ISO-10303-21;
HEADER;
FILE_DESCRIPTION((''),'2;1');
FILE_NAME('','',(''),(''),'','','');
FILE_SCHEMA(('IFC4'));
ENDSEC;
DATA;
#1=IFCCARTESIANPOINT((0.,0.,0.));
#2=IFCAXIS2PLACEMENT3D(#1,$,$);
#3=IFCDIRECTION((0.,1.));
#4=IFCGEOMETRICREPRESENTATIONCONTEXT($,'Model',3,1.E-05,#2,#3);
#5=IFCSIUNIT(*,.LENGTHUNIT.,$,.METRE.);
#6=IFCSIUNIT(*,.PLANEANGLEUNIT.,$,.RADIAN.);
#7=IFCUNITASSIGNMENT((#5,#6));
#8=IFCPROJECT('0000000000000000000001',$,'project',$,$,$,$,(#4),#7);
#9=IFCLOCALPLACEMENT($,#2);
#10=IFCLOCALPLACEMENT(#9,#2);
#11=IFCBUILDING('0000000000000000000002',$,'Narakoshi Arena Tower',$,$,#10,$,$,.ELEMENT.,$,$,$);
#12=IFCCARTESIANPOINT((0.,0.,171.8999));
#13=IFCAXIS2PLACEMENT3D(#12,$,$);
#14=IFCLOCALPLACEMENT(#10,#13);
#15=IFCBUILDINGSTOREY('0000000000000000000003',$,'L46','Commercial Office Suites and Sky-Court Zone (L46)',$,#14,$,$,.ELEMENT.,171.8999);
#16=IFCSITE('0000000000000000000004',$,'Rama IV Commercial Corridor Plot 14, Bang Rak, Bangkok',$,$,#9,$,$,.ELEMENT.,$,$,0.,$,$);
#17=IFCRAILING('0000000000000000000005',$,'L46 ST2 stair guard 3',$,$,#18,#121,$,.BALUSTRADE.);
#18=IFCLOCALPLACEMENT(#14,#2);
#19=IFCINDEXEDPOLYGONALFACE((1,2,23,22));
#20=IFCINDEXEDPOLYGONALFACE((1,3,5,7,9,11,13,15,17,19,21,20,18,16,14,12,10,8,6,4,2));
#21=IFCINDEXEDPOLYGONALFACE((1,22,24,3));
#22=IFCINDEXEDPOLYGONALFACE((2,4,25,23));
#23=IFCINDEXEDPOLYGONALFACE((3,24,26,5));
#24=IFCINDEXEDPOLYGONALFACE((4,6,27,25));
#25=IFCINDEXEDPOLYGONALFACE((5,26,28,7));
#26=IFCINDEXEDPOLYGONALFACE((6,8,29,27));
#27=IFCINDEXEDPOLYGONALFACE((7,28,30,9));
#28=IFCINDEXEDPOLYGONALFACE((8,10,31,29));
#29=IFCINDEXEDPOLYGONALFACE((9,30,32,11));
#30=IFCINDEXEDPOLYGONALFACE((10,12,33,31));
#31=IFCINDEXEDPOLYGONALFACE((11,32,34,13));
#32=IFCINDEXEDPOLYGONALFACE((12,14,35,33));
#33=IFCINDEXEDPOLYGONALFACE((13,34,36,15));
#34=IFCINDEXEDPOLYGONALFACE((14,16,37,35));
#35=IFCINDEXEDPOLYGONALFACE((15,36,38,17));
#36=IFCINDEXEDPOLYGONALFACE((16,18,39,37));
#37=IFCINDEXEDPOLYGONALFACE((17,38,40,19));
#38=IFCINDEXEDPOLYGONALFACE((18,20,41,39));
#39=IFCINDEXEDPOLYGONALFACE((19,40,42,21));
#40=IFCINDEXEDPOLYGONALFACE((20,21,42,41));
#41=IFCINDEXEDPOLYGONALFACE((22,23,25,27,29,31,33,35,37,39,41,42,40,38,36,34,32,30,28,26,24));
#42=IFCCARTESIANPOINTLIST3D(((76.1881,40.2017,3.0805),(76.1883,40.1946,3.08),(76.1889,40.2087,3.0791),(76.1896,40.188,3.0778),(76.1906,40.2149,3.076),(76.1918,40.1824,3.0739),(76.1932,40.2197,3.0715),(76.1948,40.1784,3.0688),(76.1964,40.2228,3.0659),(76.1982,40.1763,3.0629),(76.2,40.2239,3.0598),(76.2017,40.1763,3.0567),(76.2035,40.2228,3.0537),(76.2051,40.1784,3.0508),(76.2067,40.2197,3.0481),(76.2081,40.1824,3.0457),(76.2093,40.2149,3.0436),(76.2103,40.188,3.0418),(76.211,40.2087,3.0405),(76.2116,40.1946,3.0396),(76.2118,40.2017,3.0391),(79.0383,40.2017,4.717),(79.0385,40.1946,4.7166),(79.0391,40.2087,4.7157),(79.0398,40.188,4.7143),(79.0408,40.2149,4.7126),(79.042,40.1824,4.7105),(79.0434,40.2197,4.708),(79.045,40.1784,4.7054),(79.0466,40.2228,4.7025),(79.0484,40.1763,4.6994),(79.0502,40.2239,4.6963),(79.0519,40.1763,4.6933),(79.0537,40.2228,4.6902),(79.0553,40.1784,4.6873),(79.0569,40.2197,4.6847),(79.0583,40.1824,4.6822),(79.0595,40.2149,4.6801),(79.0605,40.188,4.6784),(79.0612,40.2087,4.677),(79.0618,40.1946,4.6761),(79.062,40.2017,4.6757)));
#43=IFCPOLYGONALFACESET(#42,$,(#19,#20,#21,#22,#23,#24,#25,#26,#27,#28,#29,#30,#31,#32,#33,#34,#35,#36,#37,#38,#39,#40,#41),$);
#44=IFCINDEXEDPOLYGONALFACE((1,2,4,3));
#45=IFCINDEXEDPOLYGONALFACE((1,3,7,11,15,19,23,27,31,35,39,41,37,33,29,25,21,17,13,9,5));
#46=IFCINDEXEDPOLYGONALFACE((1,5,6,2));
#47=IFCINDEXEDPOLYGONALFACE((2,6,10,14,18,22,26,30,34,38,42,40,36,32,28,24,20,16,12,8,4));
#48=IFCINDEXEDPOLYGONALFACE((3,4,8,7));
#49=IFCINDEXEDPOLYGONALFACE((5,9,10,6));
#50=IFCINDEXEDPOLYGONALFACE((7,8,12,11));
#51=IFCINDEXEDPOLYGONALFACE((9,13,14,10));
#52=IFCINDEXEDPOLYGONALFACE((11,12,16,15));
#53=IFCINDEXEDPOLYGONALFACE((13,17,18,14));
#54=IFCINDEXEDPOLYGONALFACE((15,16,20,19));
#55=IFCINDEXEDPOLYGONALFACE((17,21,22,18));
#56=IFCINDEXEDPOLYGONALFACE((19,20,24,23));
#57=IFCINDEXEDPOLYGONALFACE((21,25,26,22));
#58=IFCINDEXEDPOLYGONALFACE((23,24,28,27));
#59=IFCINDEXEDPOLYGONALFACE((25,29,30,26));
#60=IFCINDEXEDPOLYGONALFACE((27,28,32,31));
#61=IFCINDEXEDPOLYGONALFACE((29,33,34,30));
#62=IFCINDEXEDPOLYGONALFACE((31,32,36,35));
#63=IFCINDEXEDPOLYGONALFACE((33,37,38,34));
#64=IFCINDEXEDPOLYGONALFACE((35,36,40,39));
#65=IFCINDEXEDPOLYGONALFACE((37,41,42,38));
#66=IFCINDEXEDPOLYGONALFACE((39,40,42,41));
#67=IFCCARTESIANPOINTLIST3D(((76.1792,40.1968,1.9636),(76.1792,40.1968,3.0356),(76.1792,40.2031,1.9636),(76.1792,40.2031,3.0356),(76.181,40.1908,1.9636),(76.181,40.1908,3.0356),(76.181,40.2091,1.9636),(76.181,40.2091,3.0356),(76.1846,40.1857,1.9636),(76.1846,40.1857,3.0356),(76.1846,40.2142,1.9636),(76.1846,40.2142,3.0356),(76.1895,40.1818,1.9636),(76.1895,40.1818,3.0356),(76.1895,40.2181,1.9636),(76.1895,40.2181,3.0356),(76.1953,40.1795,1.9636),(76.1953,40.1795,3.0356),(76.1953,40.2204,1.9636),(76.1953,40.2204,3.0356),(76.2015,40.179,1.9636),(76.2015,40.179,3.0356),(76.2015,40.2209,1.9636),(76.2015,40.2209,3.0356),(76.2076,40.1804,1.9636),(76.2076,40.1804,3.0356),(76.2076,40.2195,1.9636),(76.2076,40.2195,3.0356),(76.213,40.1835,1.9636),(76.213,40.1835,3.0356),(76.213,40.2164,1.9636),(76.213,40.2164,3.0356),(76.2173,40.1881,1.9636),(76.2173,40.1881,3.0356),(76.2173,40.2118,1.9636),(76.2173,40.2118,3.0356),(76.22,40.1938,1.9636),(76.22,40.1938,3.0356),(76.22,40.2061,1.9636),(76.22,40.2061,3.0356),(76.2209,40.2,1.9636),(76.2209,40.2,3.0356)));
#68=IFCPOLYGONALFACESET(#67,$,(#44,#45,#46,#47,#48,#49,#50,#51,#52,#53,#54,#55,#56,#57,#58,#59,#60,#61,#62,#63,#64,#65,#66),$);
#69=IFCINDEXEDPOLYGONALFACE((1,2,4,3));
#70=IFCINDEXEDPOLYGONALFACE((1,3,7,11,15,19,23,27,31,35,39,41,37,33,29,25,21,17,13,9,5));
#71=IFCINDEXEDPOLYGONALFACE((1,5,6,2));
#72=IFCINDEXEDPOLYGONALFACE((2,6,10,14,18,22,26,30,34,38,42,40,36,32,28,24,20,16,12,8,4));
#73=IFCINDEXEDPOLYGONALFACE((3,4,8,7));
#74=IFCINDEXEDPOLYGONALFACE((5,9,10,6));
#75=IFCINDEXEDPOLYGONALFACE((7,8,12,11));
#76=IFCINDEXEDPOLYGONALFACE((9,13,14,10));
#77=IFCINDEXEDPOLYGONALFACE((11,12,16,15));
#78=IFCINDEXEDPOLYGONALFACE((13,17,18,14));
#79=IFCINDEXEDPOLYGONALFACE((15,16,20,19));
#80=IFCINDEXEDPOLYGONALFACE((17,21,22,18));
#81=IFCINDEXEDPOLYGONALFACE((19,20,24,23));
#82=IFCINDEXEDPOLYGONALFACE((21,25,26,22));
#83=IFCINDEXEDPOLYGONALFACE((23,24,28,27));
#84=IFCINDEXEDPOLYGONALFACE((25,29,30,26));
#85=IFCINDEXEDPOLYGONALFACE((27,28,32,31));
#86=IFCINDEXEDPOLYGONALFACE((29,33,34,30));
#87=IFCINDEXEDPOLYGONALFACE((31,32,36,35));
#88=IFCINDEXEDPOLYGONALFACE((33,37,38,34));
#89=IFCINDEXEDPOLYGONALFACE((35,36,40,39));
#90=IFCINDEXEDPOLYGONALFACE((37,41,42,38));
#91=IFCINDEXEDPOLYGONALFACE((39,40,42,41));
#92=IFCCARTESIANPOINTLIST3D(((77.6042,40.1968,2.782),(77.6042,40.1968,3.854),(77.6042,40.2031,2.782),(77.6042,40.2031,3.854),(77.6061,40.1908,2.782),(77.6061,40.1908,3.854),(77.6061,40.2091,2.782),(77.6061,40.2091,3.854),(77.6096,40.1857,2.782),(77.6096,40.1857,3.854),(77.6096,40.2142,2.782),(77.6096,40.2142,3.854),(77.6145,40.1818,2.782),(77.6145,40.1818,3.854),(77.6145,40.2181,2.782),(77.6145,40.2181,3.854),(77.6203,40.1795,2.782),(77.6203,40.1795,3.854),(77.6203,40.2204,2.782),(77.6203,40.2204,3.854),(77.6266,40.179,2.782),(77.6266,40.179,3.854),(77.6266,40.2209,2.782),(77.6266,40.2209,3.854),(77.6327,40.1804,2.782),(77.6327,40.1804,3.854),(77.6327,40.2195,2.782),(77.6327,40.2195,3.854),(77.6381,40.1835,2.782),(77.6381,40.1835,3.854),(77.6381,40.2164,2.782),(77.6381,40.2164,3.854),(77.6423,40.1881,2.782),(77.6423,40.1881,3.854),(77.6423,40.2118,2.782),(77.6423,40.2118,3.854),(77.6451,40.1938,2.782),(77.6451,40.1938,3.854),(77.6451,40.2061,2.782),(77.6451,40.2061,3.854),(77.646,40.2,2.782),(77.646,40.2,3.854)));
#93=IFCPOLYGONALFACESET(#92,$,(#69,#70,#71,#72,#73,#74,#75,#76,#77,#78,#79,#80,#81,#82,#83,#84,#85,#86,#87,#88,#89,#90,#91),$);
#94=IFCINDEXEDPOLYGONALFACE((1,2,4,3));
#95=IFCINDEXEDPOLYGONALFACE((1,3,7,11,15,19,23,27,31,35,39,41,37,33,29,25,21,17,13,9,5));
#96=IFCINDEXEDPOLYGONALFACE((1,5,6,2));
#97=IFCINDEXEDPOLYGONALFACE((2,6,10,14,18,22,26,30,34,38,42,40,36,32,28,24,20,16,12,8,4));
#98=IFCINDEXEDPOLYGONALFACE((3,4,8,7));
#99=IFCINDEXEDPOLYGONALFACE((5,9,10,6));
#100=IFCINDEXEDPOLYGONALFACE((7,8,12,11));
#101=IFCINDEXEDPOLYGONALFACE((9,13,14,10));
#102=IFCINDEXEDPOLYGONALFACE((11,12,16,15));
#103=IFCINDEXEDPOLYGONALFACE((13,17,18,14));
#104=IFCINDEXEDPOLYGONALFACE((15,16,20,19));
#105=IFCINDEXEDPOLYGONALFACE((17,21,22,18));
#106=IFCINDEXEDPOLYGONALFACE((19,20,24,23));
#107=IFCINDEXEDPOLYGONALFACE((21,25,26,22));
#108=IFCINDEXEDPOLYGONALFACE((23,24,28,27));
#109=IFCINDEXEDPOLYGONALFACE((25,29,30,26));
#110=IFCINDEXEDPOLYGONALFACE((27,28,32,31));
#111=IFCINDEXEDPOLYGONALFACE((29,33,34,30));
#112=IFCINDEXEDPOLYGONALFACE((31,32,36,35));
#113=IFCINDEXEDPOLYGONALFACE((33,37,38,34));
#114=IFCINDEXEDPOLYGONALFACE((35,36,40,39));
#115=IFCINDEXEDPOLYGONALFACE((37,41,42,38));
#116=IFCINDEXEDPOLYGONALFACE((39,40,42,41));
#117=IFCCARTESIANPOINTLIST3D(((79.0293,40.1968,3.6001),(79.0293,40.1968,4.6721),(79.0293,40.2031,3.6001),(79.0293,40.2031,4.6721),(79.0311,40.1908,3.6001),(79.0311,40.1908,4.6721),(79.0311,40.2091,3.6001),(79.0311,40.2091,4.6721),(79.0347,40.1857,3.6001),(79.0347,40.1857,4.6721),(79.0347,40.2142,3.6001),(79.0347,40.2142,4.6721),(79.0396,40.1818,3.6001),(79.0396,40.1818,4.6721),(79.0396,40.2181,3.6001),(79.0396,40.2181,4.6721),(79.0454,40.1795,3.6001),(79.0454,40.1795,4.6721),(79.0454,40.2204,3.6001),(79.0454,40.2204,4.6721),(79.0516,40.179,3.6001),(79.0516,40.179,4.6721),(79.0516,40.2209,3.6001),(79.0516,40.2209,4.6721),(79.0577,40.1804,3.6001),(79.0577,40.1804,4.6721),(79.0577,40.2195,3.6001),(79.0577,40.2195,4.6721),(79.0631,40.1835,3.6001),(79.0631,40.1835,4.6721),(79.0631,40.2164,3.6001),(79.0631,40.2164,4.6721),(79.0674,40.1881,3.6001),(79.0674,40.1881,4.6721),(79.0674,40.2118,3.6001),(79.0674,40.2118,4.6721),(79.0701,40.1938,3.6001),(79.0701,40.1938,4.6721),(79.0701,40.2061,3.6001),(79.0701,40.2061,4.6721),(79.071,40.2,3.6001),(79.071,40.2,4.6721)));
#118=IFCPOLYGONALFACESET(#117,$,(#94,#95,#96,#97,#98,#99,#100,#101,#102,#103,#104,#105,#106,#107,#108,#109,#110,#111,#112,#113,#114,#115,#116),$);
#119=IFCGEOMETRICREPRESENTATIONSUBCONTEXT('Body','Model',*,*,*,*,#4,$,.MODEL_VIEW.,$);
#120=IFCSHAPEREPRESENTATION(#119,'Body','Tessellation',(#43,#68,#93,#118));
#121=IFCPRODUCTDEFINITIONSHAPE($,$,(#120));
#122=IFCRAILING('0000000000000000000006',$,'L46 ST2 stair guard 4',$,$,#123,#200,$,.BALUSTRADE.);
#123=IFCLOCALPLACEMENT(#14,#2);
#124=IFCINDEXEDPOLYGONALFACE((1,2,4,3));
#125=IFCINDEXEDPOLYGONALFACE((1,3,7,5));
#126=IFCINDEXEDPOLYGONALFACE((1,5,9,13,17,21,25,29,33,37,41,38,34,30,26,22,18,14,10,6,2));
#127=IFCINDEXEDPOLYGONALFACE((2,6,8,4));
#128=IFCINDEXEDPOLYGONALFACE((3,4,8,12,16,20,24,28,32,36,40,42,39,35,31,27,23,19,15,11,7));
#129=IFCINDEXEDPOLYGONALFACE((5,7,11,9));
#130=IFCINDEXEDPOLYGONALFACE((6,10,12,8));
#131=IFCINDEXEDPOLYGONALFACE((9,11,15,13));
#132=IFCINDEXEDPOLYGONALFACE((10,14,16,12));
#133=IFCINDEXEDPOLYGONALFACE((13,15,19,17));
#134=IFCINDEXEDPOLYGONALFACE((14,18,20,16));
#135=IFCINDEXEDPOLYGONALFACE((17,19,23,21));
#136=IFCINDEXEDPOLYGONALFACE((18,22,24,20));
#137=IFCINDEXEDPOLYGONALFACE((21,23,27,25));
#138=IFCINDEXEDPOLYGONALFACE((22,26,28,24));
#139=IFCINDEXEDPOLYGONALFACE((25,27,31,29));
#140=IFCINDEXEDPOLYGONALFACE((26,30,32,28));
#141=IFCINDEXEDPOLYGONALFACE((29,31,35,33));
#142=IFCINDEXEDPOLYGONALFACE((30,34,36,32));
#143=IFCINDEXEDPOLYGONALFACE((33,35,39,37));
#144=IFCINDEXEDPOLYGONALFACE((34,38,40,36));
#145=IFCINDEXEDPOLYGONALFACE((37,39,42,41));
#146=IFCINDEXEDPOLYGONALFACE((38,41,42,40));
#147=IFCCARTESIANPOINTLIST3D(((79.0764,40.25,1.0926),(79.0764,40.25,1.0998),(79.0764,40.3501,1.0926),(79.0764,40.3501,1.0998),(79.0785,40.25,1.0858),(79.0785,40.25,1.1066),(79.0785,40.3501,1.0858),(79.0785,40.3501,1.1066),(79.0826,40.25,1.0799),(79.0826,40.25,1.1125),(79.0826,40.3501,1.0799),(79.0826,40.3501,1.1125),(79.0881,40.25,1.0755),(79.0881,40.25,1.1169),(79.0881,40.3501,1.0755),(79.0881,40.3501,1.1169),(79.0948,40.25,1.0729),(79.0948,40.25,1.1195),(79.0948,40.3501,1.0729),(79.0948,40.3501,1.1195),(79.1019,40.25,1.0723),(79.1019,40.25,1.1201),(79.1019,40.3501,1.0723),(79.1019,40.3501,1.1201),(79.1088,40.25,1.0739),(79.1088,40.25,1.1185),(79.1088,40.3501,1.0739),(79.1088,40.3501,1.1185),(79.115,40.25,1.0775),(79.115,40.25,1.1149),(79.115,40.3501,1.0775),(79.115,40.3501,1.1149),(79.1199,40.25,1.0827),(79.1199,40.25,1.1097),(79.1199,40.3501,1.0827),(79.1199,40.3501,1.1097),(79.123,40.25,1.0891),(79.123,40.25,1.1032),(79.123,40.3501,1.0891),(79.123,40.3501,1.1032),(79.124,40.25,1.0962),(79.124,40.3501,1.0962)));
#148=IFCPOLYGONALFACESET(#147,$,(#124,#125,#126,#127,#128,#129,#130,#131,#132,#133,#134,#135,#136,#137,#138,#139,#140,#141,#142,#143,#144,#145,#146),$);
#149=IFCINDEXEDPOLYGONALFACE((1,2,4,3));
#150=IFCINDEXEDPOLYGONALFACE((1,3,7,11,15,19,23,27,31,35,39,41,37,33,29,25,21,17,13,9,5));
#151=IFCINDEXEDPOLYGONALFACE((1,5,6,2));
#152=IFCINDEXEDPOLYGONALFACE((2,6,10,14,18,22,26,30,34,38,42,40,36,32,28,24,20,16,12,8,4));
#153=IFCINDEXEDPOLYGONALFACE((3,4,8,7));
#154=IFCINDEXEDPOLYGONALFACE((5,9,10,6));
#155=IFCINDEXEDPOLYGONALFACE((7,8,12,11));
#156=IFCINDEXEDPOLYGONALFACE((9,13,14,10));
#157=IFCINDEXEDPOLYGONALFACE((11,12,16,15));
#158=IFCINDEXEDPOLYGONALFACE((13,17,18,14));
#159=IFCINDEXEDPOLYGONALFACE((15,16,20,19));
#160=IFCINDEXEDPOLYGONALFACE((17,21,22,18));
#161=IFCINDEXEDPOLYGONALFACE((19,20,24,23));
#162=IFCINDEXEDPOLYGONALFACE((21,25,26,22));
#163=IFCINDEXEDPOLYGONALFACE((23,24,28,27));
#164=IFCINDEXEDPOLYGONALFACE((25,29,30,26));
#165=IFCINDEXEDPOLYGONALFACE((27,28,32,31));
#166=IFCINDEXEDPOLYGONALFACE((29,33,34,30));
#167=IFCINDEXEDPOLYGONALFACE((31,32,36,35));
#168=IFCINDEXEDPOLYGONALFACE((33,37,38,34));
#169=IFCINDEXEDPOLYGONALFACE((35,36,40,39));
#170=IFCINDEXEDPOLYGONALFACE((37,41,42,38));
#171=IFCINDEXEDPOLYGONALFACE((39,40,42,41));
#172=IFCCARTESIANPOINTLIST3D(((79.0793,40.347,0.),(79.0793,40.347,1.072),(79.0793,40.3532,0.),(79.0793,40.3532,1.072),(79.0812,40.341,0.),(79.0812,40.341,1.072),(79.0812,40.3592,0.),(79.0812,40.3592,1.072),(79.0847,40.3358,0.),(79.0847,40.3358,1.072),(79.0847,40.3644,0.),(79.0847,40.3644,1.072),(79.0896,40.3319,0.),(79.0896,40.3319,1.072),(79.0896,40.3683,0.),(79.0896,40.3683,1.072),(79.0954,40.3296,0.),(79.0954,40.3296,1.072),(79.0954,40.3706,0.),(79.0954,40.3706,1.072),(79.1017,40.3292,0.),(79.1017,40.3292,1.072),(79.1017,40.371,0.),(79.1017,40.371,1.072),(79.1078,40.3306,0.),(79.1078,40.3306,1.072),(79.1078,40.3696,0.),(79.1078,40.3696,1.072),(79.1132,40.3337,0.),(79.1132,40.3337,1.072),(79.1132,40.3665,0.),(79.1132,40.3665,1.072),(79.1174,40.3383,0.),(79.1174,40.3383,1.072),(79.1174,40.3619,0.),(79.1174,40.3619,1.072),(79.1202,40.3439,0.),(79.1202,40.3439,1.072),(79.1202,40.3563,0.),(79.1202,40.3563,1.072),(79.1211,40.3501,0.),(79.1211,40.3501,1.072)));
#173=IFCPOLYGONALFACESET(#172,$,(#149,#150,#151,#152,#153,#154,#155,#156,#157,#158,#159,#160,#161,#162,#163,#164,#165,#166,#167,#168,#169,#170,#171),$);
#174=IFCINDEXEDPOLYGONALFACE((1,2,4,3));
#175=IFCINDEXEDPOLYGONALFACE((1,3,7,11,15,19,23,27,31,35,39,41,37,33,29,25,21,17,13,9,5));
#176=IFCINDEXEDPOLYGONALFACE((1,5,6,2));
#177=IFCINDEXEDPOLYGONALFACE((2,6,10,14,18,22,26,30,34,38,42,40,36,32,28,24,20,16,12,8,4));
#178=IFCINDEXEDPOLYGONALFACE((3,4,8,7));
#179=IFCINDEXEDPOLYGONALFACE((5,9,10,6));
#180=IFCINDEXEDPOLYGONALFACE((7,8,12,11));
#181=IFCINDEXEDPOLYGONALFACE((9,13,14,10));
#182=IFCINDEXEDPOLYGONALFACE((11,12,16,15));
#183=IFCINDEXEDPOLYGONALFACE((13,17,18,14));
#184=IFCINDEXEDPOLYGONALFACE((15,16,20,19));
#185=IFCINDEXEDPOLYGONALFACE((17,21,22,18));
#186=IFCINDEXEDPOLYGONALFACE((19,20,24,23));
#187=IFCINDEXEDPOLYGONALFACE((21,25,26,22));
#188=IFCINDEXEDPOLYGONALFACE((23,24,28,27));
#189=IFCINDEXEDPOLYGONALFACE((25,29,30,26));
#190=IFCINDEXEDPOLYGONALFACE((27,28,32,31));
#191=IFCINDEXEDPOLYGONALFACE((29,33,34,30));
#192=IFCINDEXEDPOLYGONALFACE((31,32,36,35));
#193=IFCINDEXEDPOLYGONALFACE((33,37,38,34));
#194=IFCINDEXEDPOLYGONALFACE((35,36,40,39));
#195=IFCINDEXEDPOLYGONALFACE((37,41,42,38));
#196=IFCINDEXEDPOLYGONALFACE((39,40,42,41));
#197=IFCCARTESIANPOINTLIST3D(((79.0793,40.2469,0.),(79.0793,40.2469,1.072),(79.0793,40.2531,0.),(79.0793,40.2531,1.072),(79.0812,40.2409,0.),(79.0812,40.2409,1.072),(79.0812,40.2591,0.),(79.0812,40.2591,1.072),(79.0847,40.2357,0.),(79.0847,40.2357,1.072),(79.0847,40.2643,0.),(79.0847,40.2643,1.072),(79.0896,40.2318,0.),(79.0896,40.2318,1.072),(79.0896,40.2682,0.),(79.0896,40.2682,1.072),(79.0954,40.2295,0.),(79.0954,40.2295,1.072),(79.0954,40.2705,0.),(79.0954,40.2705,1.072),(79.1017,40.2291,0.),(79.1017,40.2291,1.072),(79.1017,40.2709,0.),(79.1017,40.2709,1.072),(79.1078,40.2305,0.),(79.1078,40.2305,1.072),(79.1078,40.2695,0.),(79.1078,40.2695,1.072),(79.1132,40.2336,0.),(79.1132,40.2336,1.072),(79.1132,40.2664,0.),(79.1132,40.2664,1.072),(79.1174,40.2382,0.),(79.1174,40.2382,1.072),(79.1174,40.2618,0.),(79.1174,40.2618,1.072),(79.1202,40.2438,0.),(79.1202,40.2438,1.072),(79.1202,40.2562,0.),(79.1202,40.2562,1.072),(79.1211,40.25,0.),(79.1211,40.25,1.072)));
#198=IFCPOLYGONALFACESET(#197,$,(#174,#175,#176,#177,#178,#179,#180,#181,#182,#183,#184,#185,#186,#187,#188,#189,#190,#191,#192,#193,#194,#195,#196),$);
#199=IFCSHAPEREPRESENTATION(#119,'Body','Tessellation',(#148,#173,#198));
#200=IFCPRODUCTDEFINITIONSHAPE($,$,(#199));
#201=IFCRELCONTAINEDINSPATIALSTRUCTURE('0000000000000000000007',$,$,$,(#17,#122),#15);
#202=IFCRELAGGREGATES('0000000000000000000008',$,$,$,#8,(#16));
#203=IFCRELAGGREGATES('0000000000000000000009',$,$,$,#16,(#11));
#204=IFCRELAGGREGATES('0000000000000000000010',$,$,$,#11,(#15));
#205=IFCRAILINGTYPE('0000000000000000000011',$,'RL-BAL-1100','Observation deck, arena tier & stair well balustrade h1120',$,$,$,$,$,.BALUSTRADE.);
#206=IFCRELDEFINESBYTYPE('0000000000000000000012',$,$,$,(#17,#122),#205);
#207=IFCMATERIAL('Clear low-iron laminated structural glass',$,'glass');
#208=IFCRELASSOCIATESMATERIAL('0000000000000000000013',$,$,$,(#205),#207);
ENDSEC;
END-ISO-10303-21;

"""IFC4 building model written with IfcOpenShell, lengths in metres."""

from ifc_helpers import new_model, si_unit, direction, frame, origin, origin_2d, place, context, subcontext, project, spatial, circle, extrude, material, type_object, element, save


model = new_model("IFC4")

# Units and contexts
model_context = context("Model", 3, precision=1e-05, world=origin(), true_north=direction((0.0, 1.0)))
body_context = subcontext(model_context, "Body", "Model", "MODEL_VIEW")
ifc_project = project(units=[si_unit("LENGTHUNIT", "METRE"), si_unit("PLANEANGLEUNIT", "RADIAN")], contexts=[model_context])

# Site, building, storey
site_placement = place(None, origin())
site = spatial("IfcSite", under=ifc_project, at=site_placement, Name="Rama IV Commercial Corridor Plot 14, Bang Rak, Bangkok", CompositionType="ELEMENT", RefElevation=0.0)
building_placement = place(site_placement, origin())
building = spatial("IfcBuilding", under=site, at=building_placement, Name="Narakoshi Arena Tower", CompositionType="ELEMENT")
storey_placement = place(building_placement, frame((0.0, 0.0, 171.8999)))
storey = spatial("IfcBuildingStorey", under=building, at=storey_placement, Name="L46", Description="Commercial Office Suites and Sky-Court Zone (L46)", CompositionType="ELEMENT", Elevation=171.8999)

# Railings
ifc_material_1 = material(Name="Clear low-iron laminated structural glass", Category="glass")
railing_type_1 = type_object("IfcRailingType", Name="RL-BAL-1100", Description="Observation deck, arena tier & stair well balustrade h1120", PredefinedType="BALUSTRADE", material=ifc_material_1)
railing_1_placement = place(storey_placement, frame((76.2, 40.2, 1.9636)))
element("IfcRailing", 1, at=railing_1_placement, inside=storey, type_object=railing_type_1, Name="L46 ST2 stair guard 3", PredefinedType="BALUSTRADE", context=body_context, shape_type="SweptSolid", body=[
    extrude(circle(Radius=0.0239, at=origin_2d()), frame((0.0, 0.0, 1.0962), z_axis=(0.867213, 0.0, 0.497938), x_axis=(0.0, 1.0, 0.0)), (0.0, 0.0, 1.0), 3.2866),
    extrude(circle(Radius=0.021, at=origin_2d()), origin(), (0.0, 0.0, 1.0), 1.072),
    extrude(circle(Radius=0.021, at=origin_2d()), frame((1.425, 0.0, 0.8184)), (0.0, 0.0, 1.0), 1.072),
    extrude(circle(Radius=0.021, at=origin_2d()), frame((2.8501, 0.0, 1.6365)), (0.0, 0.0, 1.0), 1.072),
])
railing_2_placement = place(storey_placement, frame((79.1001, 40.3501, 0.0)))
element("IfcRailing", 2, at=railing_2_placement, inside=storey, type_object=railing_type_1, Name="L46 ST2 stair guard 4", PredefinedType="BALUSTRADE", context=body_context, shape_type="SweptSolid", body=[
    extrude(circle(Radius=0.0239, at=origin_2d()), frame((0.0, 0.0, 1.0962), z_axis=(0.0, -1.0, 0.0), x_axis=(1.0, 0.0, 0.0)), (0.0, 0.0, 1.0), 0.1001),
    extrude(circle(Radius=0.021, at=origin_2d()), origin(), (0.0, 0.0, 1.0), 1.072),
    extrude(circle(Radius=0.021, at=origin_2d()), frame((0.0, -0.1001, 0.0)), (0.0, 0.0, 1.0), 1.072),
])

save(model, "model.ifc")
